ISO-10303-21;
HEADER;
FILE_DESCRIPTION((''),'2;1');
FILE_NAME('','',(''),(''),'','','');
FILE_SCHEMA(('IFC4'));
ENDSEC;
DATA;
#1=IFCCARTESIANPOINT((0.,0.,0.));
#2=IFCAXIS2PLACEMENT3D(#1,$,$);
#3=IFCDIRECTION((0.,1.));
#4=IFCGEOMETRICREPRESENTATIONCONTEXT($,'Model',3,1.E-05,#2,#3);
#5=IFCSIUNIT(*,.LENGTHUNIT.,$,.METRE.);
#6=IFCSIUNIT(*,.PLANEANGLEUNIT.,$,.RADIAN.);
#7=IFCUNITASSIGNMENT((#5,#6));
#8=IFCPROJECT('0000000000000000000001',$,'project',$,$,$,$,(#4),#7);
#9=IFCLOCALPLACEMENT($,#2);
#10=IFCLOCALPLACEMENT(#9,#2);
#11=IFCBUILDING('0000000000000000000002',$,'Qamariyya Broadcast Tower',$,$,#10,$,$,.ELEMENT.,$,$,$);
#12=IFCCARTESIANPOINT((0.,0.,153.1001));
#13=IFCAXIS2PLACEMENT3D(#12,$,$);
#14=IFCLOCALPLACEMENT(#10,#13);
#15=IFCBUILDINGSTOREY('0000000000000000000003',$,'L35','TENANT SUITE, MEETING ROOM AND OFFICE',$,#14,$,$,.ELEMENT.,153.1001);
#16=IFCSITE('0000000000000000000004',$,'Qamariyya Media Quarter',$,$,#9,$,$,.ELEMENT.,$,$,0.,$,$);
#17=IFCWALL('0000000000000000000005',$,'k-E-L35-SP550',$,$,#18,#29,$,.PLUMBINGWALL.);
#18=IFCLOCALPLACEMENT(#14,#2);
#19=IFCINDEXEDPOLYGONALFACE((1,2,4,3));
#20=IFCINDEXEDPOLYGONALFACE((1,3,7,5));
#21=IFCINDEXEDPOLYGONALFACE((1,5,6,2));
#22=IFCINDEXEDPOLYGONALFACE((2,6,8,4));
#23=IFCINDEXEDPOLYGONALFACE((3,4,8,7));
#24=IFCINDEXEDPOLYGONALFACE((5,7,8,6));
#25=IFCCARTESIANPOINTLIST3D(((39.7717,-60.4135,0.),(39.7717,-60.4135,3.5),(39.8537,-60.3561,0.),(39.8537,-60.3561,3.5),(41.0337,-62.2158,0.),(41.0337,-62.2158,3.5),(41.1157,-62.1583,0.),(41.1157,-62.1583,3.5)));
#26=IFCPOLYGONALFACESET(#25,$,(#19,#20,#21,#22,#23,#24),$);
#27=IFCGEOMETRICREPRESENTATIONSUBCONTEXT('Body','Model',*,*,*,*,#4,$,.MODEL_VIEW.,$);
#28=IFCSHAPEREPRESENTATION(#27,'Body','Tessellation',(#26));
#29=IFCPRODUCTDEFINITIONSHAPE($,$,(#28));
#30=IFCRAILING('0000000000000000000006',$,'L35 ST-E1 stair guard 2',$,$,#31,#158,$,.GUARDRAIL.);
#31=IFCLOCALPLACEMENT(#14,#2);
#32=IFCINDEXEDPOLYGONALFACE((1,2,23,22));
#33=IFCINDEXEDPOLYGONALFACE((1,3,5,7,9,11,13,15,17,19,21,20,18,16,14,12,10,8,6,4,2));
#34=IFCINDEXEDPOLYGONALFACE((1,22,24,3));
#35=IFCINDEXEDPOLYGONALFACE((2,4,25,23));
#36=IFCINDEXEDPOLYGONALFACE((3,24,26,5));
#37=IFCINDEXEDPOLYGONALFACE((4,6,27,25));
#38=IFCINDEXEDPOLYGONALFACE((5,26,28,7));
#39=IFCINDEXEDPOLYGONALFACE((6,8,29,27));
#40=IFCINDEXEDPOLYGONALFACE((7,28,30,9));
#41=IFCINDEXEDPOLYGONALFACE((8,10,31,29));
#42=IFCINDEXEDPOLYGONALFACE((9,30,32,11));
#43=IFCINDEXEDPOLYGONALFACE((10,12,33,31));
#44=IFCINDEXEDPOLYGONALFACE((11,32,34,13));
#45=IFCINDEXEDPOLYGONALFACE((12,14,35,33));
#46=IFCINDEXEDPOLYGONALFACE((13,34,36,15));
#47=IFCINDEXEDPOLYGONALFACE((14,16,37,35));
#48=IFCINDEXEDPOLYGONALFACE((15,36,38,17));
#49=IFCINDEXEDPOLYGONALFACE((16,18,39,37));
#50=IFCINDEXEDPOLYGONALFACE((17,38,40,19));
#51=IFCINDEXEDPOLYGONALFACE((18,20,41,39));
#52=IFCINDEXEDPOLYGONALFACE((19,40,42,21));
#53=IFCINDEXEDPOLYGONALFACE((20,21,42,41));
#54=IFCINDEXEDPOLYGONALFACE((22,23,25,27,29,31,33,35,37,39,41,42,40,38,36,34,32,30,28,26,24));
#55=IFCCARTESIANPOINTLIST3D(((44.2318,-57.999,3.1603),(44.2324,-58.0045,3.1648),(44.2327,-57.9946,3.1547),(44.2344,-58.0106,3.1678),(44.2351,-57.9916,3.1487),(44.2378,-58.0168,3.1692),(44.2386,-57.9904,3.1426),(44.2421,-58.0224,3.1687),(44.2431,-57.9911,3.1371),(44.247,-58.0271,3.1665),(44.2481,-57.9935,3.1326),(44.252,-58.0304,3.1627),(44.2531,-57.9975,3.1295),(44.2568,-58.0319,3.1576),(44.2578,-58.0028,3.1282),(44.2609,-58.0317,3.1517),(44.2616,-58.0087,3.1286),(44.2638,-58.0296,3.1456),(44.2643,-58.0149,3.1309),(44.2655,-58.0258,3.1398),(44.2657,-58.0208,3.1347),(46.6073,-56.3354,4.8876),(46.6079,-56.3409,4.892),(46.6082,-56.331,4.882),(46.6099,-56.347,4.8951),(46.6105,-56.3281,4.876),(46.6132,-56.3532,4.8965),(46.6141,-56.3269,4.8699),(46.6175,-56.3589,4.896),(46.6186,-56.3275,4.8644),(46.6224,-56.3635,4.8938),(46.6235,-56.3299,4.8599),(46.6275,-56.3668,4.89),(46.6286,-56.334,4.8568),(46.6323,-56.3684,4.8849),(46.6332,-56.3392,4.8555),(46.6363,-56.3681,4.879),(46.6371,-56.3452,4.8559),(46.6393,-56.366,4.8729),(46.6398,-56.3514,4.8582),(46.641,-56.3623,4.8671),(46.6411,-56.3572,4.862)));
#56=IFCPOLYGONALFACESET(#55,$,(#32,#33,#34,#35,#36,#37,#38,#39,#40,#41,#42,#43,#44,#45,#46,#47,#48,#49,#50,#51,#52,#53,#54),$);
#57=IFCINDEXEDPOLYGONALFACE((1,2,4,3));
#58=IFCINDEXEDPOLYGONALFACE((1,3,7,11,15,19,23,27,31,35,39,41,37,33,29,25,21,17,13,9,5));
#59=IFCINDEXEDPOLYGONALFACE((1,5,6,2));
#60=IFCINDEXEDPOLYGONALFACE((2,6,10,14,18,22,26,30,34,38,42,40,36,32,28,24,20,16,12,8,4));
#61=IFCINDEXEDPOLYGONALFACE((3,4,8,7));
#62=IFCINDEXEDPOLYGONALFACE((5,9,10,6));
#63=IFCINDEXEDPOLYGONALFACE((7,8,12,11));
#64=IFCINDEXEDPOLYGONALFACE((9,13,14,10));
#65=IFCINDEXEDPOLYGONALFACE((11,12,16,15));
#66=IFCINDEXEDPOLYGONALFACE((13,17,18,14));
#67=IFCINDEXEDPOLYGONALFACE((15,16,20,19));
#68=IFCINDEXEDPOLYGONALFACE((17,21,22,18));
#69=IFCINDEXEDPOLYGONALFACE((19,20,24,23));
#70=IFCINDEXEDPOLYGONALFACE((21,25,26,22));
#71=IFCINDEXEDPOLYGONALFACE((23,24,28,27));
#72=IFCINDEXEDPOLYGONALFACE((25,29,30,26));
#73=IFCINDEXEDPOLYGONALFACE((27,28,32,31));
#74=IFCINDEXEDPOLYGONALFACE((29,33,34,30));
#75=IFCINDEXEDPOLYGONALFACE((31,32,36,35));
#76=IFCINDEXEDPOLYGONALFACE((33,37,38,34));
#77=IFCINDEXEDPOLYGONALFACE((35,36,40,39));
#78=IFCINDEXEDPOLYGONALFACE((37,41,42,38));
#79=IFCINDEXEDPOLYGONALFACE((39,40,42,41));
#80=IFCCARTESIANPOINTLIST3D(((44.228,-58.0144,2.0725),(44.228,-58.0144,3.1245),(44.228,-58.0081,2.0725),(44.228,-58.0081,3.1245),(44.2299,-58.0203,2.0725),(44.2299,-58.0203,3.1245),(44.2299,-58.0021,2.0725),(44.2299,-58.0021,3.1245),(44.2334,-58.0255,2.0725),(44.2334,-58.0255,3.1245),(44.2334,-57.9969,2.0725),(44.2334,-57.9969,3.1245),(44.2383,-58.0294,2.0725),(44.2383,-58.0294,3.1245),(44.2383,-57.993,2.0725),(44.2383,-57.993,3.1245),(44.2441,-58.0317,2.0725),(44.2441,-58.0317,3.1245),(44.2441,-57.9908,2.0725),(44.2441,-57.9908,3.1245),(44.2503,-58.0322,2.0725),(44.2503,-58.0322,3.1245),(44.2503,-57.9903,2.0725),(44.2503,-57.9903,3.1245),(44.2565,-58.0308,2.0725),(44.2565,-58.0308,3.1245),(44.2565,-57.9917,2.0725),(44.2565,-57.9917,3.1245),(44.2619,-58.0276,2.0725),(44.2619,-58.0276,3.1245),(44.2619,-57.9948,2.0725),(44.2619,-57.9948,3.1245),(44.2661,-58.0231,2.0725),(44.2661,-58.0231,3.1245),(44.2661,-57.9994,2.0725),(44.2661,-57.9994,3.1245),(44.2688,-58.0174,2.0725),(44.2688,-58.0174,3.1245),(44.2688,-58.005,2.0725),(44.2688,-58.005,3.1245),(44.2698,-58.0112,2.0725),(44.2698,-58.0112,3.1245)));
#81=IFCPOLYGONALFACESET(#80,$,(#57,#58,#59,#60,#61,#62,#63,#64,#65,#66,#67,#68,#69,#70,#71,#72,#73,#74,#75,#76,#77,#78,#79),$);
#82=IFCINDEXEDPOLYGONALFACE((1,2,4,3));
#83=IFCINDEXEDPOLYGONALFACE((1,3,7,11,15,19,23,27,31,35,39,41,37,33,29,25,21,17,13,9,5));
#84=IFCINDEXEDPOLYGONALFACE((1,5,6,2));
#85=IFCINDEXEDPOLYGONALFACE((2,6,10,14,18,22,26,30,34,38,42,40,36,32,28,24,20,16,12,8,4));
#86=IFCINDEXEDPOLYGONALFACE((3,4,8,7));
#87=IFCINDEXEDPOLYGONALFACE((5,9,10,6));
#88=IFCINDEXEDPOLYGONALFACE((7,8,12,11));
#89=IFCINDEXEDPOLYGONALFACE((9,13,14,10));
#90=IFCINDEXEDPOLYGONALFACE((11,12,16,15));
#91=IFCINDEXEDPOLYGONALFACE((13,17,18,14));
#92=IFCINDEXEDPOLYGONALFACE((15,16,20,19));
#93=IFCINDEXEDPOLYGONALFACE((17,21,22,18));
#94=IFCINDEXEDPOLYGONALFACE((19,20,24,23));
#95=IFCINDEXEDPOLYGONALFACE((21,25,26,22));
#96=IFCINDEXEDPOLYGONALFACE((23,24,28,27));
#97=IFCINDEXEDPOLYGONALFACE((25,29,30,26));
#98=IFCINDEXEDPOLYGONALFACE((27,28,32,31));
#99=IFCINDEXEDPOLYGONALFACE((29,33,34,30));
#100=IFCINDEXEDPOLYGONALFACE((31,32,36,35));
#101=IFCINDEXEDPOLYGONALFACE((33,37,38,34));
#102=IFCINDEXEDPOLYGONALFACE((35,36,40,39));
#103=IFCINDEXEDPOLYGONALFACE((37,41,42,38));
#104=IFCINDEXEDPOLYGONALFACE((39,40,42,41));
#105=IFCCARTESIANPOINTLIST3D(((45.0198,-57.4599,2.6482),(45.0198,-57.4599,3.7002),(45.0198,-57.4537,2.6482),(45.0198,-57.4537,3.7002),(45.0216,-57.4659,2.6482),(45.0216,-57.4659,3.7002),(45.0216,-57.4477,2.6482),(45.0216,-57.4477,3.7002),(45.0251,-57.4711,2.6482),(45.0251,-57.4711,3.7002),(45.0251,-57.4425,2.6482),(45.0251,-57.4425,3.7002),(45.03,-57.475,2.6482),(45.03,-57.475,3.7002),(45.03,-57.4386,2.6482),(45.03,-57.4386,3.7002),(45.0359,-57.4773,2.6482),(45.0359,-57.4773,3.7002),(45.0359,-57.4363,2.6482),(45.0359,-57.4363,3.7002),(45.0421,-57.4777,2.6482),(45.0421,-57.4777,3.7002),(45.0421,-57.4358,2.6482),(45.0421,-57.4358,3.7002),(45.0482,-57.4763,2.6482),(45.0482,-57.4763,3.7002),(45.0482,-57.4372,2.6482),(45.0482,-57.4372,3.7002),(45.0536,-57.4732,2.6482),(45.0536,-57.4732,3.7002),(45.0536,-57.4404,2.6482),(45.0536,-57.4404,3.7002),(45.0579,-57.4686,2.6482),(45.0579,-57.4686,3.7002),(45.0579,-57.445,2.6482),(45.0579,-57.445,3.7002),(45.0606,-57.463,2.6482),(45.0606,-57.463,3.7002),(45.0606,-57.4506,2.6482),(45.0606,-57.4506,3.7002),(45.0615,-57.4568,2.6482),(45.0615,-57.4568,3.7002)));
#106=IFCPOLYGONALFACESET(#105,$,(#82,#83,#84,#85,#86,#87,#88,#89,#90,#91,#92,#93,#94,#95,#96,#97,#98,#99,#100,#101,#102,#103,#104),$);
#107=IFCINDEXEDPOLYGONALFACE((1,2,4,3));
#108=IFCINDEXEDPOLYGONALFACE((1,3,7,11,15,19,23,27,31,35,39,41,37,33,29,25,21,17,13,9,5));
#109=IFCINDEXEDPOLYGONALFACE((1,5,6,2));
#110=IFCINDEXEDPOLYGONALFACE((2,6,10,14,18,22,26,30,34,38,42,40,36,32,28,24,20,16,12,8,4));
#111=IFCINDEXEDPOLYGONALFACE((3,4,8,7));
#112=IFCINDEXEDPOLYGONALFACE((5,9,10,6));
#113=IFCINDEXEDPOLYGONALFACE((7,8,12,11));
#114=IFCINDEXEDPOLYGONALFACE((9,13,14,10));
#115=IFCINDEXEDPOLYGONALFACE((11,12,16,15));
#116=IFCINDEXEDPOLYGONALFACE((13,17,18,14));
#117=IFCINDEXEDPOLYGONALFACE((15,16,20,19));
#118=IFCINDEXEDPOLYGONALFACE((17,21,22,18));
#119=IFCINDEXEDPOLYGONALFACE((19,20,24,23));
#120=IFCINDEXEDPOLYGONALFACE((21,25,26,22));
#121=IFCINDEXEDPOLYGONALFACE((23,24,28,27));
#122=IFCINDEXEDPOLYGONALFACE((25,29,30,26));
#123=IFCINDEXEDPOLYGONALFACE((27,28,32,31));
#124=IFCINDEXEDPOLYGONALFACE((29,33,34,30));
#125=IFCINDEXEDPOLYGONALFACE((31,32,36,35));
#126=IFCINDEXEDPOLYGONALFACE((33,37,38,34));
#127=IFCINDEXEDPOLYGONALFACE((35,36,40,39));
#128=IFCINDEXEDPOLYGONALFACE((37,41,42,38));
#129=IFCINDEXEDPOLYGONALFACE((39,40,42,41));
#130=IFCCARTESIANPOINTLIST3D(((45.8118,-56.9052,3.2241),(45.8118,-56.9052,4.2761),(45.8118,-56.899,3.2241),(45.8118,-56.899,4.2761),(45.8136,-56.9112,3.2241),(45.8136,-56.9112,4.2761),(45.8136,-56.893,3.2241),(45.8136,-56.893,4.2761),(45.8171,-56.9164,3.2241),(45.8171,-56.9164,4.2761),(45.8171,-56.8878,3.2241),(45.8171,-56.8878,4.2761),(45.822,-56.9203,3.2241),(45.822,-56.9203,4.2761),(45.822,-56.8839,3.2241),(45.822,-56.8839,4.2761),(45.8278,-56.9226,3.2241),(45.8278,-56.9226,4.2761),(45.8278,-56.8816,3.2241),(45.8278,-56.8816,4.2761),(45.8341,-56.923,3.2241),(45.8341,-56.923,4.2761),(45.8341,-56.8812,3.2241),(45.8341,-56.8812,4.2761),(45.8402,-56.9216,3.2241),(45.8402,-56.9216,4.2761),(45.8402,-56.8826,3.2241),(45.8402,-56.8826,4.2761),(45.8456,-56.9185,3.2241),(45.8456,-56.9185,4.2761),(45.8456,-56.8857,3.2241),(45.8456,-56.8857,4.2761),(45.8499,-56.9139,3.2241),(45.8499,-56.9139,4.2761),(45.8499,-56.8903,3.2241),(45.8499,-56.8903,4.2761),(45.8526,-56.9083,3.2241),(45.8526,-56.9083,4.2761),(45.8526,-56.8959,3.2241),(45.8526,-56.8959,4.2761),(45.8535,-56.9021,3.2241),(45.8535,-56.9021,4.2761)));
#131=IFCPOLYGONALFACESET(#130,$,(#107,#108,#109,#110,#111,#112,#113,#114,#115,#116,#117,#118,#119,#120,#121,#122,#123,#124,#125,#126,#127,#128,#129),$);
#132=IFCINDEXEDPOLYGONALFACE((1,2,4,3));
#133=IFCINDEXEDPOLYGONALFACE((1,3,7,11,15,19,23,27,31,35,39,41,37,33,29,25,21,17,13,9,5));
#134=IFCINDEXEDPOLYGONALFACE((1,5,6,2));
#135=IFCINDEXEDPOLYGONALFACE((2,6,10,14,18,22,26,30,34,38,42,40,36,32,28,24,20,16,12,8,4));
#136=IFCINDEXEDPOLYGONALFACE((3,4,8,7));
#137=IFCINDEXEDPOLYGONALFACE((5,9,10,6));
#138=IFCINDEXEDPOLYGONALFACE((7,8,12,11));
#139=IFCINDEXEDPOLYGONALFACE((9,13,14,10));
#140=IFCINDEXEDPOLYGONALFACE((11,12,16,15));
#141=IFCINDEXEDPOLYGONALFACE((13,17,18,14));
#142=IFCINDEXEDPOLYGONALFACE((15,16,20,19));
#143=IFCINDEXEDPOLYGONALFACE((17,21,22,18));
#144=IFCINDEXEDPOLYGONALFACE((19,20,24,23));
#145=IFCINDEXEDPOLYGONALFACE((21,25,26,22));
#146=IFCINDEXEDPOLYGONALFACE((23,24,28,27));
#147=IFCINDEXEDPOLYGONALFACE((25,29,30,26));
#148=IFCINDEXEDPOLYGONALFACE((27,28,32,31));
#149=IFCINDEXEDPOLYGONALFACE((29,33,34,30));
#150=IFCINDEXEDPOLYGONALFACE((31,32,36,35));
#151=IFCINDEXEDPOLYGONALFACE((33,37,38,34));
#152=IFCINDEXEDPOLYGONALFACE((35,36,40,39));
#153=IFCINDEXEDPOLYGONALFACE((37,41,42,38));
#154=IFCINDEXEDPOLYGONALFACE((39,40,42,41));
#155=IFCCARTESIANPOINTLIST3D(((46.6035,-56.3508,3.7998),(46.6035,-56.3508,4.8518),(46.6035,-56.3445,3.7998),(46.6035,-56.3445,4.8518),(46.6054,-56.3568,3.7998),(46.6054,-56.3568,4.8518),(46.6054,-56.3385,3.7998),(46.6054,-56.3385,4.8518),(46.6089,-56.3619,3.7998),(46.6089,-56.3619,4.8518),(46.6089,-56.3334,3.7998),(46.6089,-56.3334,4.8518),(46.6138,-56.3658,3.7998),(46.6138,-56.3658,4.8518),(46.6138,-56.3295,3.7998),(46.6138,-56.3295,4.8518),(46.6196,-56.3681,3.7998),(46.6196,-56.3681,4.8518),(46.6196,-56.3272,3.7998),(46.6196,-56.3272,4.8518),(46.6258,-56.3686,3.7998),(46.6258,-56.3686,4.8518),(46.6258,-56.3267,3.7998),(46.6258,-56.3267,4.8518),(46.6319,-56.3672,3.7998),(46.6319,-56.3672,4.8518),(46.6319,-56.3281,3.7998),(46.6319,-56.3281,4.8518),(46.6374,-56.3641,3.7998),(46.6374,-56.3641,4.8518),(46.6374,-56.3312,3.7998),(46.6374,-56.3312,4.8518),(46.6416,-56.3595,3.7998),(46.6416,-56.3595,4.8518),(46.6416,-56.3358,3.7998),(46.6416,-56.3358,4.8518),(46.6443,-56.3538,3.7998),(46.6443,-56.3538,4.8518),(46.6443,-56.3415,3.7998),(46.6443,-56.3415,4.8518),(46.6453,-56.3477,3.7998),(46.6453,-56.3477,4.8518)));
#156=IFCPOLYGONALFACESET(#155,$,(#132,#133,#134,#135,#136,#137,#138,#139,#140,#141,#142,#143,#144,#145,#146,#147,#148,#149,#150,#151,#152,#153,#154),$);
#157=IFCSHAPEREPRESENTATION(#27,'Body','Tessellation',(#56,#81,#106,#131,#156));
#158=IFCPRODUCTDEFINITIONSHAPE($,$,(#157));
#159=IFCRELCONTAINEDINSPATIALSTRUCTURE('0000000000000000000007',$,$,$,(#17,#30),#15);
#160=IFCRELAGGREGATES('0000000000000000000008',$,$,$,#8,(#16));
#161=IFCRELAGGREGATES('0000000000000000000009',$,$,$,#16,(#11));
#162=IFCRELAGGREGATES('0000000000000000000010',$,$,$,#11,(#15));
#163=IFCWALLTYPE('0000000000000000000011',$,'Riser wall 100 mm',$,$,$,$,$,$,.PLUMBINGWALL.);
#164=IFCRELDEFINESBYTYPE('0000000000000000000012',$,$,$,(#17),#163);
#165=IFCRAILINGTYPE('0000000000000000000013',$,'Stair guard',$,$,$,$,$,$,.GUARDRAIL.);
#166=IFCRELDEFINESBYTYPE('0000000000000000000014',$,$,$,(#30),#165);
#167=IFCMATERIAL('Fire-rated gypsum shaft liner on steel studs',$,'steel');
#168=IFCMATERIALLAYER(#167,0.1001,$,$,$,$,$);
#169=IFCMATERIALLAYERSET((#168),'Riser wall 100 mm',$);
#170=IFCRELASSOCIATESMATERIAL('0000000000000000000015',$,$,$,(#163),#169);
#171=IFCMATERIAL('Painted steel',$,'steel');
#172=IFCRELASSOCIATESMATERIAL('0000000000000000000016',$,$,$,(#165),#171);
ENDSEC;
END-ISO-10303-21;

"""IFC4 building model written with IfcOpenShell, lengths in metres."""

from ifc_helpers import new_model, si_unit, direction, frame, frame_2d, origin, origin_2d, place, context, subcontext, project, spatial, rectangle, circle, extrude, material, layer, layer_set, type_object, element, save


model = new_model("IFC4")

# Units and contexts
model_context = context("Model", 3, precision=1e-05, world=origin(), true_north=direction((0.0, 1.0)))
body_context = subcontext(model_context, "Body", "Model", "MODEL_VIEW")
ifc_project = project(units=[si_unit("LENGTHUNIT", "METRE"), si_unit("PLANEANGLEUNIT", "RADIAN")], contexts=[model_context])

# Site, building, storey
site_placement = place(None, origin())
site = spatial("IfcSite", under=ifc_project, at=site_placement, Name="Qamariyya Media Quarter", CompositionType="ELEMENT", RefElevation=0.0)
building_placement = place(site_placement, origin())
building = spatial("IfcBuilding", under=site, at=building_placement, Name="Qamariyya Broadcast Tower", CompositionType="ELEMENT")
storey_placement = place(building_placement, frame((0.0, 0.0, 153.1001)))
storey = spatial("IfcBuildingStorey", under=building, at=storey_placement, Name="L35", Description="TENANT SUITE, MEETING ROOM AND OFFICE", CompositionType="ELEMENT", Elevation=153.1001)

# Wall
ifc_material_1 = material(Name="Fire-rated gypsum shaft liner on steel studs", Category="steel")
ifc_layer_1 = layer(ifc_material_1, 0.1001)
ifc_layer_set_1 = layer_set([ifc_layer_1], Name="Riser wall 100 mm")
wall_type_1 = type_object("IfcWallType", Name="Riser wall 100 mm", PredefinedType="PLUMBINGWALL", material=ifc_layer_set_1)
wall_1_placement = place(storey_placement, frame((39.8127, -60.3848, 0.0), z_axis=(0.0, 0.0, 1.0), x_axis=(0.573581, -0.819149, 0.0)))
element("IfcWall", 1, at=wall_1_placement, inside=storey, type_object=wall_type_1, Name="k-E-L35-SP550", PredefinedType="PLUMBINGWALL", context=body_context, shape_type="SweptSolid", body=[
    extrude(rectangle(XDim=2.2002, YDim=0.1001, at=frame_2d((1.1001, 0.0))), origin(), (0.0, 0.0, 1.0), 3.5),
])

# Railing
ifc_material_2 = material(Name="Painted steel", Category="steel")
railing_type_1 = type_object("IfcRailingType", Name="Stair guard", PredefinedType="GUARDRAIL", material=ifc_material_2)
railing_1_placement = place(storey_placement, frame((44.2488, -58.0112, 2.0725)))
element("IfcRailing", 2, at=railing_1_placement, inside=storey, type_object=railing_type_1, Name="L35 ST-E1 stair guard 2", PredefinedType="GUARDRAIL", context=body_context, shape_type="SweptSolid", body=[
    extrude(circle(Radius=0.0239, at=origin_2d()), frame((0.0, 0.0, 1.0762), z_axis=(0.703745, 0.492838, 0.511716), x_axis=(-0.573632, 0.819113, 0.0)), (0.0, 0.0, 1.0), 3.3755),
    extrude(circle(Radius=0.021, at=origin_2d()), origin(), (0.0, 0.0, 1.0), 1.052),
    extrude(circle(Radius=0.021, at=origin_2d()), frame((0.7917, 0.5544, 0.5757)), (0.0, 0.0, 1.0), 1.052),
    extrude(circle(Radius=0.021, at=origin_2d()), frame((1.5837, 1.1091, 1.1516)), (0.0, 0.0, 1.0), 1.052),
    extrude(circle(Radius=0.021, at=origin_2d()), frame((2.3755, 1.6636, 1.7273)), (0.0, 0.0, 1.0), 1.052),
])

save(model, "model.ifc")
